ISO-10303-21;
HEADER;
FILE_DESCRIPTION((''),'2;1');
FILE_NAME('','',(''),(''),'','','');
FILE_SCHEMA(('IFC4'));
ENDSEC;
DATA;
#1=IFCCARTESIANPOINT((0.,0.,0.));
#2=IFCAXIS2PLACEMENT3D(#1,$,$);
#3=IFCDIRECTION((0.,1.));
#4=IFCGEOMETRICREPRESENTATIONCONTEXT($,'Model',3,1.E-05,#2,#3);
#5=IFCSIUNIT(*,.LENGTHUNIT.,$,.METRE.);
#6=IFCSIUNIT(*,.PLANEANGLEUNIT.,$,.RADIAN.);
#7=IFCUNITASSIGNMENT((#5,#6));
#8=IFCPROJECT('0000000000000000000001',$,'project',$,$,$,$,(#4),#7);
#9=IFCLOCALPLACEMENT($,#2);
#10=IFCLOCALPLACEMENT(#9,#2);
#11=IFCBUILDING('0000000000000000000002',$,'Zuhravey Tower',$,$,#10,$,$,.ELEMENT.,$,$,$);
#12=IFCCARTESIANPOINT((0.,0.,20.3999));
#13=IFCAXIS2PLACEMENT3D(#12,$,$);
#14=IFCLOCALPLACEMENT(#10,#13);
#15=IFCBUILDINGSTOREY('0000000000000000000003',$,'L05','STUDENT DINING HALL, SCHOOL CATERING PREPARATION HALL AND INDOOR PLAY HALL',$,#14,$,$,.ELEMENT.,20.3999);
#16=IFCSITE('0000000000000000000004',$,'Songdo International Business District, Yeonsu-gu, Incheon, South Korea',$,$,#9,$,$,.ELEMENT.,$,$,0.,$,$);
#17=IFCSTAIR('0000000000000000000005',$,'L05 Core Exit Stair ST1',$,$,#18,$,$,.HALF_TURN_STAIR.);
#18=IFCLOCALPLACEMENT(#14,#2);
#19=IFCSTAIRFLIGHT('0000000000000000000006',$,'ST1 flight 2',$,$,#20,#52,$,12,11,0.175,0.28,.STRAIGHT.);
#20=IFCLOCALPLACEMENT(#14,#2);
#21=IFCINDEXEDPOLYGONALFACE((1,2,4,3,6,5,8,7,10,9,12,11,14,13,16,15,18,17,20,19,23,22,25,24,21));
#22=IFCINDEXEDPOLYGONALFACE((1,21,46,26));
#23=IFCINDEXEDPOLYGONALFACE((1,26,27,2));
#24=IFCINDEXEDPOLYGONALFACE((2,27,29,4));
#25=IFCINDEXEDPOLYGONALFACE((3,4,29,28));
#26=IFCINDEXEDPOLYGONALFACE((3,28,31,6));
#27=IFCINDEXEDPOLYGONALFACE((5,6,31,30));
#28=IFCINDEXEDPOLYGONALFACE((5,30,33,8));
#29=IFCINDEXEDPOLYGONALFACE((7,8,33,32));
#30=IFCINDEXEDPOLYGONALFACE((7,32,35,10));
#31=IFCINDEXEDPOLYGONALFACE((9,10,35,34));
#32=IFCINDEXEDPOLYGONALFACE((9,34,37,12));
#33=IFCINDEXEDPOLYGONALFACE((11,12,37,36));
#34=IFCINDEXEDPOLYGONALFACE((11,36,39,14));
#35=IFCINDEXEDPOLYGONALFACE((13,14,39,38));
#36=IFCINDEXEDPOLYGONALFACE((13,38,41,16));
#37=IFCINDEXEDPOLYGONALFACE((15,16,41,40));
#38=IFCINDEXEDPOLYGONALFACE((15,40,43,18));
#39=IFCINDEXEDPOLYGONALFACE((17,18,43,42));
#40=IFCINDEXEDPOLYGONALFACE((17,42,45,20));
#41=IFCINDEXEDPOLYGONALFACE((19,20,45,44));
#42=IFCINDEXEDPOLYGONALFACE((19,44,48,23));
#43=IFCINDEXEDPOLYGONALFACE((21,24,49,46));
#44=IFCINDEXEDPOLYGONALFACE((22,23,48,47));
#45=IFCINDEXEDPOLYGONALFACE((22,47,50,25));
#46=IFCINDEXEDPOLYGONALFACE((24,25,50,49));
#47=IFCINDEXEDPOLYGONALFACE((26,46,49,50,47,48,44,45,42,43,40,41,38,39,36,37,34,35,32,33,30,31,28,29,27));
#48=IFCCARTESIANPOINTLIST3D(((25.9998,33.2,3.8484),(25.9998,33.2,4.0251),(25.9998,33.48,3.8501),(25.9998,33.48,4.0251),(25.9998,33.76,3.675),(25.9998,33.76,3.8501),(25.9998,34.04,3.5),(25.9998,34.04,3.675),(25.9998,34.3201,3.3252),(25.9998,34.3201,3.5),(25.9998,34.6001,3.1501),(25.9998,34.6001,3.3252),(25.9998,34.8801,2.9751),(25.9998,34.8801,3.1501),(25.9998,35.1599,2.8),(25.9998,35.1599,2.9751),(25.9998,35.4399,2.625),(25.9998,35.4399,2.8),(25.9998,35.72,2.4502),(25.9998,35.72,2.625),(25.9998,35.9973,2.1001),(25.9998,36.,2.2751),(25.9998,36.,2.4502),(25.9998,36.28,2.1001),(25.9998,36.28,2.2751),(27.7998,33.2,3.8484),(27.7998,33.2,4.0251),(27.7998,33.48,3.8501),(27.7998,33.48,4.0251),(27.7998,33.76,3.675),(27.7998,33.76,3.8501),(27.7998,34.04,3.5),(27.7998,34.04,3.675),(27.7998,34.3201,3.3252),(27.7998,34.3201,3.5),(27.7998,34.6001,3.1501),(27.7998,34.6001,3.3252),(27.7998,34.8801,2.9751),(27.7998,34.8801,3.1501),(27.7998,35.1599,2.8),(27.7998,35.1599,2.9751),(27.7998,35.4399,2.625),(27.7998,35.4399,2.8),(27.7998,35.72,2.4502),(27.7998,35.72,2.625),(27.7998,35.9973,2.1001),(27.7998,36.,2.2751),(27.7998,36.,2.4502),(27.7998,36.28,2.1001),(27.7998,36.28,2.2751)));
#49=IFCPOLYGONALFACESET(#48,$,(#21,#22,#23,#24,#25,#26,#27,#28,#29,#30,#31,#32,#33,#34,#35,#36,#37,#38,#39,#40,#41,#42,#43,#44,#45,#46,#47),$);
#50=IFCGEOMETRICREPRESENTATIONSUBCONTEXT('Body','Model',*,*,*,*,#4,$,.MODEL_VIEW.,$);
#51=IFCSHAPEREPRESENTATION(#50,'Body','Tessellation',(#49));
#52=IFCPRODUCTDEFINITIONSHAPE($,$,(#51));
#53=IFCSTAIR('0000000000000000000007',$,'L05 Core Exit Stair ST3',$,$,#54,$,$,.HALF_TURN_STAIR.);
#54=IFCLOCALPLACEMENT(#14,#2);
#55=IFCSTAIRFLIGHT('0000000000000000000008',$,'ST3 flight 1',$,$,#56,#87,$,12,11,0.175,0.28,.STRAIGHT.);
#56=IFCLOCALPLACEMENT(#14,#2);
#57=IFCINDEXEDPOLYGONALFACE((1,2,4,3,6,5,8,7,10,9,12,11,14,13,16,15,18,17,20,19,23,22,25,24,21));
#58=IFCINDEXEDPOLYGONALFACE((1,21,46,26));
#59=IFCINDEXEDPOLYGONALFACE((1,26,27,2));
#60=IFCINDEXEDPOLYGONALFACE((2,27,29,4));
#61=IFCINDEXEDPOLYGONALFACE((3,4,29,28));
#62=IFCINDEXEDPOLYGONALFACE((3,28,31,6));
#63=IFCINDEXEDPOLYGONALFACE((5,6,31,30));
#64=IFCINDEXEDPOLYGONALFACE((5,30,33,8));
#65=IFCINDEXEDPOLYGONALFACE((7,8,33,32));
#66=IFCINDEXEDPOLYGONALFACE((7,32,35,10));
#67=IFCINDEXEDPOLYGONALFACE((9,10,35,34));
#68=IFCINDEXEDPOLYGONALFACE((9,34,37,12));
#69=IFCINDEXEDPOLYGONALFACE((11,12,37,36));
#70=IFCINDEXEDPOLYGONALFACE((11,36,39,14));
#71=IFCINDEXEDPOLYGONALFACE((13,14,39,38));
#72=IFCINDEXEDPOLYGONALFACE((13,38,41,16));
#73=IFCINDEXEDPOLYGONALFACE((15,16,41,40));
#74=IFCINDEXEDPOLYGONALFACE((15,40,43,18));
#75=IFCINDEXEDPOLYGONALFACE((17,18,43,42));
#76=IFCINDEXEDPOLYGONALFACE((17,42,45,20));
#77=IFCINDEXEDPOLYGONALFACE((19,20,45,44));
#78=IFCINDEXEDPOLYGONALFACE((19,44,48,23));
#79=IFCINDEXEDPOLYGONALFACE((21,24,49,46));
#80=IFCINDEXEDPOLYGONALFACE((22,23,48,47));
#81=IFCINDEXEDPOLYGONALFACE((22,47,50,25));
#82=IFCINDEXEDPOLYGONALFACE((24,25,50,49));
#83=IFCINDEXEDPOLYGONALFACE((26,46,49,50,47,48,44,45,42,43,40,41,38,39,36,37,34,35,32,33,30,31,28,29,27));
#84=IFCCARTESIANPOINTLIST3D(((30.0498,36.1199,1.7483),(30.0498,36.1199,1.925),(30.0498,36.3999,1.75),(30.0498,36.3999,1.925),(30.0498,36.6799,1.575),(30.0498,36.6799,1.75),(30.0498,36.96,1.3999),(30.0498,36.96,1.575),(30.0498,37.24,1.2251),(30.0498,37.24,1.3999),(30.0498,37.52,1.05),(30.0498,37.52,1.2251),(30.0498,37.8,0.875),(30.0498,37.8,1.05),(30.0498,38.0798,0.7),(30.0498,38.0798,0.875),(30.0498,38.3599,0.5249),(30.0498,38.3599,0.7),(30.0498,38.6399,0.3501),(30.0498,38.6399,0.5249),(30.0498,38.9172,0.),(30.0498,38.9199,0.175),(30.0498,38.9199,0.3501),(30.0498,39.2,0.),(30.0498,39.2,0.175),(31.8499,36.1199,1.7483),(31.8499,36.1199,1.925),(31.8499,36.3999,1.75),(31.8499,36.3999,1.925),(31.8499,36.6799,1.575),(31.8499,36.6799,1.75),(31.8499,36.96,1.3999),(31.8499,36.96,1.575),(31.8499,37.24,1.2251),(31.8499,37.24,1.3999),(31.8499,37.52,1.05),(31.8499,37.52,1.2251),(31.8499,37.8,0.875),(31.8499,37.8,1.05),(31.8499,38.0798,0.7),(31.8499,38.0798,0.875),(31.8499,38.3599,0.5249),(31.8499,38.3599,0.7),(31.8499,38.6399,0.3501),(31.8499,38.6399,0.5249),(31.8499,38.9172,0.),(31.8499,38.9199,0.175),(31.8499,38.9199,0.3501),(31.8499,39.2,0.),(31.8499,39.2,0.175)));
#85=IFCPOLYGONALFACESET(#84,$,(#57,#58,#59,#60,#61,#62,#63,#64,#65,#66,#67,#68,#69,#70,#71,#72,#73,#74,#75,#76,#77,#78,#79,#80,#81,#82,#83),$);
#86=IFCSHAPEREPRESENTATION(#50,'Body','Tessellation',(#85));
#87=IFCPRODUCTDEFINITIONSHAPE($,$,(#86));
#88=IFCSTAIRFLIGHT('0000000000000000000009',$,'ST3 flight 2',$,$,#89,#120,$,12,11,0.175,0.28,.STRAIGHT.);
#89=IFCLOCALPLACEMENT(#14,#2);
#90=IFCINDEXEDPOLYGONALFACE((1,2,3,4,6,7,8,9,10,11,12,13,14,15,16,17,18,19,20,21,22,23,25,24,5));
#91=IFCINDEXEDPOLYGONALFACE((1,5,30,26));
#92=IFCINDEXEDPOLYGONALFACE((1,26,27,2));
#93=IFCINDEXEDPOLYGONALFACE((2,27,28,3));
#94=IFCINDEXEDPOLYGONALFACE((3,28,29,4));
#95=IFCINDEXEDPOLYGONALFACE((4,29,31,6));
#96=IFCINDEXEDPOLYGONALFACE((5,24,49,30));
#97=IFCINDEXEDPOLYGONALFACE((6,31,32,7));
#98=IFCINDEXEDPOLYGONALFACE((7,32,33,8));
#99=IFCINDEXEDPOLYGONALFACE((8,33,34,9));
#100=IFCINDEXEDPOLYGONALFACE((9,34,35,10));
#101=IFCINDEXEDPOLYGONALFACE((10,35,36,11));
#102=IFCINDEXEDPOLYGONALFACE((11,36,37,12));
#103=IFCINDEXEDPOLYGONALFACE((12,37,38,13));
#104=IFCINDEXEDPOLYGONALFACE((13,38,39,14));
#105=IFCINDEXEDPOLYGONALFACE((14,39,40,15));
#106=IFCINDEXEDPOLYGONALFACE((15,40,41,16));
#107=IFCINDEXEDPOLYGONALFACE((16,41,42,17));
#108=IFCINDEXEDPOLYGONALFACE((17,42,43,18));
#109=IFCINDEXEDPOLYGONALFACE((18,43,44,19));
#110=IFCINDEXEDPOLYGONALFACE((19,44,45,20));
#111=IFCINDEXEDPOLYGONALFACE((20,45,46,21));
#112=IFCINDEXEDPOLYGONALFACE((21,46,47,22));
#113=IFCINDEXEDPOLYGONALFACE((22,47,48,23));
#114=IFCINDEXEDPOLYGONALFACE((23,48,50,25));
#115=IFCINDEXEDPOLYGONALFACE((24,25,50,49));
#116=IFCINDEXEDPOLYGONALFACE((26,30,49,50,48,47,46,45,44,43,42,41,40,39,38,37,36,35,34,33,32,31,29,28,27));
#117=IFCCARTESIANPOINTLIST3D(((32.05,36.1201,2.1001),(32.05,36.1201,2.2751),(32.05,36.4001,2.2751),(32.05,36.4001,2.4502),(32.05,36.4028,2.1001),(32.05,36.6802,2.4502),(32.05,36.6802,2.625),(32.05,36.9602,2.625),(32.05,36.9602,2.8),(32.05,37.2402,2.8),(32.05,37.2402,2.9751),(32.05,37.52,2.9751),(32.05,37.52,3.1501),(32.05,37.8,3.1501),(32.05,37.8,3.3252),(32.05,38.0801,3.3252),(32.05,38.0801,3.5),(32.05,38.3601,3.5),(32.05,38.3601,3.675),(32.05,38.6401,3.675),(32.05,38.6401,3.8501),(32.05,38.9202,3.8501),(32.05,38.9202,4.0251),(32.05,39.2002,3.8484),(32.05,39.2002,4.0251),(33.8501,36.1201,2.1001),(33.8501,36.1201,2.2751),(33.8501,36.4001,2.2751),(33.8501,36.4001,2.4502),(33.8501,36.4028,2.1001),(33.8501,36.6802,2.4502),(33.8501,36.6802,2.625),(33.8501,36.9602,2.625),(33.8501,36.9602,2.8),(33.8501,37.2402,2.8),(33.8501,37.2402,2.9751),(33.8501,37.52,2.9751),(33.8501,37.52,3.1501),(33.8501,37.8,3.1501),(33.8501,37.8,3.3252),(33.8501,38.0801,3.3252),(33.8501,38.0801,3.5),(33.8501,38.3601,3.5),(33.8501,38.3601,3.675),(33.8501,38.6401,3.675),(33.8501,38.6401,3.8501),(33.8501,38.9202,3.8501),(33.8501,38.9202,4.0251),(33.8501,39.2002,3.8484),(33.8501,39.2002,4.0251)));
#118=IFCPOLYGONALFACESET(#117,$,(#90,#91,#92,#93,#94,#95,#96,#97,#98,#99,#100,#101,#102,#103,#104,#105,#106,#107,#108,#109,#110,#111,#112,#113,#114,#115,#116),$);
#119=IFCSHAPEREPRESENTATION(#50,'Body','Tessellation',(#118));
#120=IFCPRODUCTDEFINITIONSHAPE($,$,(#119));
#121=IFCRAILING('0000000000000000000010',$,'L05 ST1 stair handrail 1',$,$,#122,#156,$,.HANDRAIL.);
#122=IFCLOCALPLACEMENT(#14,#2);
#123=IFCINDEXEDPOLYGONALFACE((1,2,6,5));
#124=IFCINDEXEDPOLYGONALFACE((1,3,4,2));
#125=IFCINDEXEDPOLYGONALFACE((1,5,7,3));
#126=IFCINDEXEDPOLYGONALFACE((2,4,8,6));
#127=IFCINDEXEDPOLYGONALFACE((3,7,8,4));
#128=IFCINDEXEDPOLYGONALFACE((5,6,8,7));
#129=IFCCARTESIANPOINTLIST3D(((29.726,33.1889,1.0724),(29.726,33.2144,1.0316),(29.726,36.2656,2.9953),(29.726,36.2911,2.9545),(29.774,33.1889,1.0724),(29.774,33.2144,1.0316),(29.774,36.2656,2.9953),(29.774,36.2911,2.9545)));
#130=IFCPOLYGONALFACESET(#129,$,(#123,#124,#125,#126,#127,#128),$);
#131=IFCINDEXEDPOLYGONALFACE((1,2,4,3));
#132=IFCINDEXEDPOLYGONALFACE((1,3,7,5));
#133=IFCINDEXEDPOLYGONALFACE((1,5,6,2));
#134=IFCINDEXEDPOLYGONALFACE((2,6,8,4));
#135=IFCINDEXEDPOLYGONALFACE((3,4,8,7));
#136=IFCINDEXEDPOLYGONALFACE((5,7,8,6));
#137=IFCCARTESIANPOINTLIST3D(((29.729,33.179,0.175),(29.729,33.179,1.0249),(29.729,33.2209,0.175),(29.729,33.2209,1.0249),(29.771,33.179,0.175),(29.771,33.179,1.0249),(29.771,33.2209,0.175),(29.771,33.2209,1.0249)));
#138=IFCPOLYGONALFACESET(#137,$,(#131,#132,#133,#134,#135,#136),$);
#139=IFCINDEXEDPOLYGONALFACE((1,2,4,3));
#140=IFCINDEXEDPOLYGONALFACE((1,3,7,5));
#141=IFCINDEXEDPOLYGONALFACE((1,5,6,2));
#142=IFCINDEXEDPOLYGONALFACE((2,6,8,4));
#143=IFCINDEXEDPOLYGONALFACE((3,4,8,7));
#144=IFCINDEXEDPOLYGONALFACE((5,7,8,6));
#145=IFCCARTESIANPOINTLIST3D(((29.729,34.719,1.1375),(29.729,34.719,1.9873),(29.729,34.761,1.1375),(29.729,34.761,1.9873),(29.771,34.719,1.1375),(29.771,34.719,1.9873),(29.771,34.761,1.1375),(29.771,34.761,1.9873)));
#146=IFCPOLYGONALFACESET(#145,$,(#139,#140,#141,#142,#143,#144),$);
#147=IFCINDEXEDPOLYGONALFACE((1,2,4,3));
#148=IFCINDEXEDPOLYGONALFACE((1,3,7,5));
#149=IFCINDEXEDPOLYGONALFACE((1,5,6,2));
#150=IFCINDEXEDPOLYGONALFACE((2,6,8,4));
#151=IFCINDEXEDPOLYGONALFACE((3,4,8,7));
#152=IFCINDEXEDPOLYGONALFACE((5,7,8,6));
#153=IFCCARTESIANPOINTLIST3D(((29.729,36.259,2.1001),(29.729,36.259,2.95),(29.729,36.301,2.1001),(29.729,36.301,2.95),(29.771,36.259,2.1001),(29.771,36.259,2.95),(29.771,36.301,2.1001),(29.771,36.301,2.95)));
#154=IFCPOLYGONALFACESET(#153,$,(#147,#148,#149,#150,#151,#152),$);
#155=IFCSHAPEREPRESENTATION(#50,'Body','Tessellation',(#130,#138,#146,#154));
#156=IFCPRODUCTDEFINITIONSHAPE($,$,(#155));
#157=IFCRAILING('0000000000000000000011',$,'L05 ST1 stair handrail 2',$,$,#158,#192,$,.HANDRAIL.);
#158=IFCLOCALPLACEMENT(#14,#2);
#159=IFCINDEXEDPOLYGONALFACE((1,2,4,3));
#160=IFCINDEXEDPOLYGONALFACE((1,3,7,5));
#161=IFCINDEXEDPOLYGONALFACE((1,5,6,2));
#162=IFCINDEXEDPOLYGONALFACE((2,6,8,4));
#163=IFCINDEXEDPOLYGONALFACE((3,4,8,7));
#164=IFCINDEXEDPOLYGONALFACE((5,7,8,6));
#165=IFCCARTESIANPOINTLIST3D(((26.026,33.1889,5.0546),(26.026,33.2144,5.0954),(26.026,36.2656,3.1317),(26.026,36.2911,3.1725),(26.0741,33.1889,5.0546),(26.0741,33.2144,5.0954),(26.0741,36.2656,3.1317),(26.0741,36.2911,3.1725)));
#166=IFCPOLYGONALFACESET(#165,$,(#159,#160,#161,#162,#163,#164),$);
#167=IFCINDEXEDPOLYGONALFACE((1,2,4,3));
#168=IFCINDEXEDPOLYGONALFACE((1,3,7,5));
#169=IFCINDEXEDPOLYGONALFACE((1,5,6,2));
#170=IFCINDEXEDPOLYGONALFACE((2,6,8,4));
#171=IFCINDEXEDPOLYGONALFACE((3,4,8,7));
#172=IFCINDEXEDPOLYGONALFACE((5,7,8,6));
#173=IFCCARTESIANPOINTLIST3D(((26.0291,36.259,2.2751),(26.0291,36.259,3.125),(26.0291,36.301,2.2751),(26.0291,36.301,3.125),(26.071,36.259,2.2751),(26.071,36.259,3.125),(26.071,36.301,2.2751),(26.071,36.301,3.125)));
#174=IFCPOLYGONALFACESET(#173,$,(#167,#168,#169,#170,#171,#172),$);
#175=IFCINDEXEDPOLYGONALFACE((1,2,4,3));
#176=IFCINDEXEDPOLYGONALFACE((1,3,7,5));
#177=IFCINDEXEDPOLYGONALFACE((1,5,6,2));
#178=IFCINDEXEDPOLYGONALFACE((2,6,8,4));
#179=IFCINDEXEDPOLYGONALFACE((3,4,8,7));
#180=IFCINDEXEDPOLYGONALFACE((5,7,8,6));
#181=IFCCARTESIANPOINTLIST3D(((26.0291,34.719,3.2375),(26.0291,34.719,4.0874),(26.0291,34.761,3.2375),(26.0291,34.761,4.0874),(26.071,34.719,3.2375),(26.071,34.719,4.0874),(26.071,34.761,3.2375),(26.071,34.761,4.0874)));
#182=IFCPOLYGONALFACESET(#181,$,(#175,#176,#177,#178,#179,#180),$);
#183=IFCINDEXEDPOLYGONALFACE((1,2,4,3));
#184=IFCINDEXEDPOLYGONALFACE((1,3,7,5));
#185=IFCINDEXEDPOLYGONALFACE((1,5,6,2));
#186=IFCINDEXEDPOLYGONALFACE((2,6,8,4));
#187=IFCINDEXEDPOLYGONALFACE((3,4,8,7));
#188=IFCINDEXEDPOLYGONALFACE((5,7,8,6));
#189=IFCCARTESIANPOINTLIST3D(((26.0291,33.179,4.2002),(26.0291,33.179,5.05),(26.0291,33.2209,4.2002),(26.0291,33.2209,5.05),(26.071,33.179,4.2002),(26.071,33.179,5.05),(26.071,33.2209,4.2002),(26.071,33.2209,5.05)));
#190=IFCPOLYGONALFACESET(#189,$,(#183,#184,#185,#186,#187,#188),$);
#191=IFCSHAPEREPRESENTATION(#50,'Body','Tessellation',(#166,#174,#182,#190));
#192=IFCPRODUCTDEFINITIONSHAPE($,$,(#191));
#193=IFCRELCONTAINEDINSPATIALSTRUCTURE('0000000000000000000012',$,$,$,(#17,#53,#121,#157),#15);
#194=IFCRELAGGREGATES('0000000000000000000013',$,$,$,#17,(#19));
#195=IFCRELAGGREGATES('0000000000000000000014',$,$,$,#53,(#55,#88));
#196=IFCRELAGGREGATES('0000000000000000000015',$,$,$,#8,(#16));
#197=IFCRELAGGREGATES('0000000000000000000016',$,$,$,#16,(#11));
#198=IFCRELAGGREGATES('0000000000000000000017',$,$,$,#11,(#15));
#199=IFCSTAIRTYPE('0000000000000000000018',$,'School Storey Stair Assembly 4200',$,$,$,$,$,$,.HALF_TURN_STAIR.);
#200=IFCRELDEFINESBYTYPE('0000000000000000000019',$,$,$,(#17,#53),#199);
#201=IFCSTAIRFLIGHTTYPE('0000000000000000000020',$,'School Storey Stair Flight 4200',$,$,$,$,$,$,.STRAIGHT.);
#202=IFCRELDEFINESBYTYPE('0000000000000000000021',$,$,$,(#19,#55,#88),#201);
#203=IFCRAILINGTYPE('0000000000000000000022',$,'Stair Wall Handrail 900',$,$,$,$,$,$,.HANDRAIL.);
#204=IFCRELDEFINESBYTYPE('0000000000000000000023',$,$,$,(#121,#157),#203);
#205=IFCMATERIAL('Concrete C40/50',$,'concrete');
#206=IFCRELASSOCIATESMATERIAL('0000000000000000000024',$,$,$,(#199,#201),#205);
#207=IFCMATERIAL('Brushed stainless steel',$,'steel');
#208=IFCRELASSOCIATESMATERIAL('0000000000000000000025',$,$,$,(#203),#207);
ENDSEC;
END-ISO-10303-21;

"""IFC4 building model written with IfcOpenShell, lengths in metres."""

from ifc_helpers import new_model, si_unit, direction, frame, origin, origin_2d, place, context, subcontext, project, spatial, polyline, rectangle, outline, extrude, material, type_object, element, aggregate, save


model = new_model("IFC4")

# Units and contexts
model_context = context("Model", 3, precision=1e-05, world=origin(), true_north=direction((0.0, 1.0)))
body_context = subcontext(model_context, "Body", "Model", "MODEL_VIEW")
ifc_project = project(units=[si_unit("LENGTHUNIT", "METRE"), si_unit("PLANEANGLEUNIT", "RADIAN")], contexts=[model_context])

# Site, building, storey
site_placement = place(None, origin())
site = spatial("IfcSite", under=ifc_project, at=site_placement, Name="Songdo International Business District, Yeonsu-gu, Incheon, South Korea", CompositionType="ELEMENT", RefElevation=0.0)
building_placement = place(site_placement, origin())
building = spatial("IfcBuilding", under=site, at=building_placement, Name="Zuhravey Tower", CompositionType="ELEMENT")
storey_placement = place(building_placement, frame((0.0, 0.0, 20.3999)))
storey = spatial("IfcBuildingStorey", under=building, at=storey_placement, Name="L05", Description="STUDENT DINING HALL, SCHOOL CATERING PREPARATION HALL AND INDOOR PLAY HALL", CompositionType="ELEMENT", Elevation=20.3999)

# Stairs, stair flights
ifc_material_1 = material(Name="Concrete C40/50", Category="concrete")
stair_type = type_object("IfcStairType", Name="School Storey Stair Assembly 4200", PredefinedType="HALF_TURN_STAIR", material=ifc_material_1)
stair_1_placement = place(storey_placement, origin())
stair_1 = element("IfcStair", 1, at=stair_1_placement, inside=storey, type_object=stair_type, Name="L05 Core Exit Stair ST1", PredefinedType="HALF_TURN_STAIR")
stair_flight_type = type_object("IfcStairFlightType", Name="School Storey Stair Flight 4200", PredefinedType="STRAIGHT", material=ifc_material_1)
stair_flight_1_placement = place(storey_placement, frame((26.8999, 36.28, 2.1001), z_axis=(0.0, 0.0, 1.0), x_axis=(0.0, -1.0, 0.0)))
stair_flight_1 = element("IfcStairFlight", 2, at=stair_flight_1_placement, type_object=stair_flight_type, Name="ST1 flight 2", NumberOfRisers=12, NumberOfTreads=11, PredefinedType="STRAIGHT", RiserHeight=0.175, TreadLength=0.28, context=body_context, shape_type="SweptSolid", body=[
    extrude(outline(polyline([(0.0, 0.0), (0.0, 0.175), (0.28, 0.175), (0.28, 0.3501), (0.5601, 0.3501), (0.5601, 0.5249), (0.8401, 0.5249), (0.8401, 0.7), (1.1201, 0.7), (1.1201, 0.875), (1.3999, 0.875), (1.3999, 1.05), (1.6799, 1.05), (1.6799, 1.2251), (1.96, 1.2251), (1.96, 1.3999), (2.24, 1.3999), (2.24, 1.575), (2.52, 1.575), (2.52, 1.75), (2.8, 1.75), (2.8, 1.925), (3.0801, 1.925), (3.0801, 2.1001), (3.0801, 1.7483), (0.2827, 0.0), (0.0, 0.0)])), frame((0.0, 0.8999, 0.0), z_axis=(0.0, -1.0, 0.0), x_axis=(1.0, 0.0, 0.0)), (0.0, 0.0, 1.0), 1.8),
])
aggregate(stair_1, [stair_flight_1])
stair_2_placement = place(storey_placement, origin())
stair_2 = element("IfcStair", 3, at=stair_2_placement, inside=storey, type_object=stair_type, Name="L05 Core Exit Stair ST3", PredefinedType="HALF_TURN_STAIR")
stair_flight_2_placement = place(storey_placement, frame((30.95, 39.2, 0.0), z_axis=(0.0, 0.0, 1.0), x_axis=(0.0, -1.0, 0.0)))
stair_flight_2 = element("IfcStairFlight", 4, at=stair_flight_2_placement, type_object=stair_flight_type, Name="ST3 flight 1", NumberOfRisers=12, NumberOfTreads=11, PredefinedType="STRAIGHT", RiserHeight=0.175, TreadLength=0.28, context=body_context, shape_type="SweptSolid", body=[
    extrude(outline(polyline([(0.0, 0.0), (0.0, 0.175), (0.28, 0.175), (0.28, 0.3501), (0.5601, 0.3501), (0.5601, 0.5249), (0.8401, 0.5249), (0.8401, 0.7), (1.1201, 0.7), (1.1201, 0.875), (1.3999, 0.875), (1.3999, 1.05), (1.6799, 1.05), (1.6799, 1.2251), (1.96, 1.2251), (1.96, 1.3999), (2.24, 1.3999), (2.24, 1.575), (2.52, 1.575), (2.52, 1.75), (2.8, 1.75), (2.8, 1.925), (3.0801, 1.925), (3.0801, 2.1001), (3.0801, 1.7483), (0.2827, 0.0), (0.0, 0.0)])), frame((0.0, 0.8999, 0.0), z_axis=(0.0, -1.0, 0.0), x_axis=(1.0, 0.0, 0.0)), (0.0, 0.0, 1.0), 1.8),
])
stair_flight_3_placement = place(storey_placement, frame((32.95, 36.1201, 2.1001), z_axis=(0.0, 0.0, 1.0), x_axis=(0.0, 1.0, 0.0)))
stair_flight_3 = element("IfcStairFlight", 5, at=stair_flight_3_placement, type_object=stair_flight_type, Name="ST3 flight 2", NumberOfRisers=12, NumberOfTreads=11, PredefinedType="STRAIGHT", RiserHeight=0.175, TreadLength=0.28, context=body_context, shape_type="SweptSolid", body=[
    extrude(outline(polyline([(0.0, 0.0), (0.0, 0.175), (0.28, 0.175), (0.28, 0.3501), (0.5601, 0.3501), (0.5601, 0.5249), (0.8401, 0.5249), (0.8401, 0.7), (1.1201, 0.7), (1.1201, 0.875), (1.3999, 0.875), (1.3999, 1.05), (1.6799, 1.05), (1.6799, 1.2251), (1.96, 1.2251), (1.96, 1.3999), (2.24, 1.3999), (2.24, 1.575), (2.52, 1.575), (2.52, 1.75), (2.8, 1.75), (2.8, 1.925), (3.0801, 1.925), (3.0801, 2.1001), (3.0801, 1.7483), (0.2827, 0.0), (0.0, 0.0)])), frame((0.0, 0.8999, 0.0), z_axis=(0.0, -1.0, 0.0), x_axis=(1.0, 0.0, 0.0)), (0.0, 0.0, 1.0), 1.8),
])
aggregate(stair_2, [stair_flight_2, stair_flight_3])

# Railings
ifc_material_2 = material(Name="Brushed stainless steel", Category="steel")
railing_type_1 = type_object("IfcRailingType", Name="Stair Wall Handrail 900", PredefinedType="HANDRAIL", material=ifc_material_2)
railing_1_placement = place(storey_placement, frame((29.75, 33.2, 0.175)))
element("IfcRailing", 6, at=railing_1_placement, inside=storey, type_object=railing_type_1, Name="L05 ST1 stair handrail 1", PredefinedType="HANDRAIL", context=body_context, shape_type="SweptSolid", body=[
    extrude(rectangle(XDim=0.0481, YDim=0.0481, at=origin_2d()), frame((0.0, 0.0017, 0.877), z_axis=(0.0, 0.847998, 0.529999), x_axis=(-1.0, 0.0, 0.0)), (0.0, 0.0, 1.0), 3.6282),
    extrude(rectangle(XDim=0.042, YDim=0.042, at=origin_2d()), origin(), (0.0, 0.0, 1.0), 0.8499),
    extrude(rectangle(XDim=0.042, YDim=0.042, at=origin_2d()), frame((0.0, 1.54, 0.9624)), (0.0, 0.0, 1.0), 0.8499),
    extrude(rectangle(XDim=0.042, YDim=0.042, at=origin_2d()), frame((0.0, 3.0801, 1.925)), (0.0, 0.0, 1.0), 0.8499),
])
railing_2_placement = place(storey_placement, frame((26.05, 36.28, 2.2751)))
element("IfcRailing", 7, at=railing_2_placement, inside=storey, type_object=railing_type_1, Name="L05 ST1 stair handrail 2", PredefinedType="HANDRAIL", context=body_context, shape_type="SweptSolid", body=[
    extrude(rectangle(XDim=0.0481, YDim=0.0481, at=origin_2d()), frame((0.0, -0.0017, 0.877), z_axis=(0.0, -0.847998, 0.529999), x_axis=(1.0, 0.0, 0.0)), (0.0, 0.0, 1.0), 3.6282),
    extrude(rectangle(XDim=0.042, YDim=0.042, at=origin_2d()), origin(), (0.0, 0.0, 1.0), 0.8499),
    extrude(rectangle(XDim=0.042, YDim=0.042, at=origin_2d()), frame((0.0, -1.54, 0.9624)), (0.0, 0.0, 1.0), 0.8499),
    extrude(rectangle(XDim=0.042, YDim=0.042, at=origin_2d()), frame((0.0, -3.0801, 1.925)), (0.0, 0.0, 1.0), 0.8499),
])

save(model, "model.ifc")
